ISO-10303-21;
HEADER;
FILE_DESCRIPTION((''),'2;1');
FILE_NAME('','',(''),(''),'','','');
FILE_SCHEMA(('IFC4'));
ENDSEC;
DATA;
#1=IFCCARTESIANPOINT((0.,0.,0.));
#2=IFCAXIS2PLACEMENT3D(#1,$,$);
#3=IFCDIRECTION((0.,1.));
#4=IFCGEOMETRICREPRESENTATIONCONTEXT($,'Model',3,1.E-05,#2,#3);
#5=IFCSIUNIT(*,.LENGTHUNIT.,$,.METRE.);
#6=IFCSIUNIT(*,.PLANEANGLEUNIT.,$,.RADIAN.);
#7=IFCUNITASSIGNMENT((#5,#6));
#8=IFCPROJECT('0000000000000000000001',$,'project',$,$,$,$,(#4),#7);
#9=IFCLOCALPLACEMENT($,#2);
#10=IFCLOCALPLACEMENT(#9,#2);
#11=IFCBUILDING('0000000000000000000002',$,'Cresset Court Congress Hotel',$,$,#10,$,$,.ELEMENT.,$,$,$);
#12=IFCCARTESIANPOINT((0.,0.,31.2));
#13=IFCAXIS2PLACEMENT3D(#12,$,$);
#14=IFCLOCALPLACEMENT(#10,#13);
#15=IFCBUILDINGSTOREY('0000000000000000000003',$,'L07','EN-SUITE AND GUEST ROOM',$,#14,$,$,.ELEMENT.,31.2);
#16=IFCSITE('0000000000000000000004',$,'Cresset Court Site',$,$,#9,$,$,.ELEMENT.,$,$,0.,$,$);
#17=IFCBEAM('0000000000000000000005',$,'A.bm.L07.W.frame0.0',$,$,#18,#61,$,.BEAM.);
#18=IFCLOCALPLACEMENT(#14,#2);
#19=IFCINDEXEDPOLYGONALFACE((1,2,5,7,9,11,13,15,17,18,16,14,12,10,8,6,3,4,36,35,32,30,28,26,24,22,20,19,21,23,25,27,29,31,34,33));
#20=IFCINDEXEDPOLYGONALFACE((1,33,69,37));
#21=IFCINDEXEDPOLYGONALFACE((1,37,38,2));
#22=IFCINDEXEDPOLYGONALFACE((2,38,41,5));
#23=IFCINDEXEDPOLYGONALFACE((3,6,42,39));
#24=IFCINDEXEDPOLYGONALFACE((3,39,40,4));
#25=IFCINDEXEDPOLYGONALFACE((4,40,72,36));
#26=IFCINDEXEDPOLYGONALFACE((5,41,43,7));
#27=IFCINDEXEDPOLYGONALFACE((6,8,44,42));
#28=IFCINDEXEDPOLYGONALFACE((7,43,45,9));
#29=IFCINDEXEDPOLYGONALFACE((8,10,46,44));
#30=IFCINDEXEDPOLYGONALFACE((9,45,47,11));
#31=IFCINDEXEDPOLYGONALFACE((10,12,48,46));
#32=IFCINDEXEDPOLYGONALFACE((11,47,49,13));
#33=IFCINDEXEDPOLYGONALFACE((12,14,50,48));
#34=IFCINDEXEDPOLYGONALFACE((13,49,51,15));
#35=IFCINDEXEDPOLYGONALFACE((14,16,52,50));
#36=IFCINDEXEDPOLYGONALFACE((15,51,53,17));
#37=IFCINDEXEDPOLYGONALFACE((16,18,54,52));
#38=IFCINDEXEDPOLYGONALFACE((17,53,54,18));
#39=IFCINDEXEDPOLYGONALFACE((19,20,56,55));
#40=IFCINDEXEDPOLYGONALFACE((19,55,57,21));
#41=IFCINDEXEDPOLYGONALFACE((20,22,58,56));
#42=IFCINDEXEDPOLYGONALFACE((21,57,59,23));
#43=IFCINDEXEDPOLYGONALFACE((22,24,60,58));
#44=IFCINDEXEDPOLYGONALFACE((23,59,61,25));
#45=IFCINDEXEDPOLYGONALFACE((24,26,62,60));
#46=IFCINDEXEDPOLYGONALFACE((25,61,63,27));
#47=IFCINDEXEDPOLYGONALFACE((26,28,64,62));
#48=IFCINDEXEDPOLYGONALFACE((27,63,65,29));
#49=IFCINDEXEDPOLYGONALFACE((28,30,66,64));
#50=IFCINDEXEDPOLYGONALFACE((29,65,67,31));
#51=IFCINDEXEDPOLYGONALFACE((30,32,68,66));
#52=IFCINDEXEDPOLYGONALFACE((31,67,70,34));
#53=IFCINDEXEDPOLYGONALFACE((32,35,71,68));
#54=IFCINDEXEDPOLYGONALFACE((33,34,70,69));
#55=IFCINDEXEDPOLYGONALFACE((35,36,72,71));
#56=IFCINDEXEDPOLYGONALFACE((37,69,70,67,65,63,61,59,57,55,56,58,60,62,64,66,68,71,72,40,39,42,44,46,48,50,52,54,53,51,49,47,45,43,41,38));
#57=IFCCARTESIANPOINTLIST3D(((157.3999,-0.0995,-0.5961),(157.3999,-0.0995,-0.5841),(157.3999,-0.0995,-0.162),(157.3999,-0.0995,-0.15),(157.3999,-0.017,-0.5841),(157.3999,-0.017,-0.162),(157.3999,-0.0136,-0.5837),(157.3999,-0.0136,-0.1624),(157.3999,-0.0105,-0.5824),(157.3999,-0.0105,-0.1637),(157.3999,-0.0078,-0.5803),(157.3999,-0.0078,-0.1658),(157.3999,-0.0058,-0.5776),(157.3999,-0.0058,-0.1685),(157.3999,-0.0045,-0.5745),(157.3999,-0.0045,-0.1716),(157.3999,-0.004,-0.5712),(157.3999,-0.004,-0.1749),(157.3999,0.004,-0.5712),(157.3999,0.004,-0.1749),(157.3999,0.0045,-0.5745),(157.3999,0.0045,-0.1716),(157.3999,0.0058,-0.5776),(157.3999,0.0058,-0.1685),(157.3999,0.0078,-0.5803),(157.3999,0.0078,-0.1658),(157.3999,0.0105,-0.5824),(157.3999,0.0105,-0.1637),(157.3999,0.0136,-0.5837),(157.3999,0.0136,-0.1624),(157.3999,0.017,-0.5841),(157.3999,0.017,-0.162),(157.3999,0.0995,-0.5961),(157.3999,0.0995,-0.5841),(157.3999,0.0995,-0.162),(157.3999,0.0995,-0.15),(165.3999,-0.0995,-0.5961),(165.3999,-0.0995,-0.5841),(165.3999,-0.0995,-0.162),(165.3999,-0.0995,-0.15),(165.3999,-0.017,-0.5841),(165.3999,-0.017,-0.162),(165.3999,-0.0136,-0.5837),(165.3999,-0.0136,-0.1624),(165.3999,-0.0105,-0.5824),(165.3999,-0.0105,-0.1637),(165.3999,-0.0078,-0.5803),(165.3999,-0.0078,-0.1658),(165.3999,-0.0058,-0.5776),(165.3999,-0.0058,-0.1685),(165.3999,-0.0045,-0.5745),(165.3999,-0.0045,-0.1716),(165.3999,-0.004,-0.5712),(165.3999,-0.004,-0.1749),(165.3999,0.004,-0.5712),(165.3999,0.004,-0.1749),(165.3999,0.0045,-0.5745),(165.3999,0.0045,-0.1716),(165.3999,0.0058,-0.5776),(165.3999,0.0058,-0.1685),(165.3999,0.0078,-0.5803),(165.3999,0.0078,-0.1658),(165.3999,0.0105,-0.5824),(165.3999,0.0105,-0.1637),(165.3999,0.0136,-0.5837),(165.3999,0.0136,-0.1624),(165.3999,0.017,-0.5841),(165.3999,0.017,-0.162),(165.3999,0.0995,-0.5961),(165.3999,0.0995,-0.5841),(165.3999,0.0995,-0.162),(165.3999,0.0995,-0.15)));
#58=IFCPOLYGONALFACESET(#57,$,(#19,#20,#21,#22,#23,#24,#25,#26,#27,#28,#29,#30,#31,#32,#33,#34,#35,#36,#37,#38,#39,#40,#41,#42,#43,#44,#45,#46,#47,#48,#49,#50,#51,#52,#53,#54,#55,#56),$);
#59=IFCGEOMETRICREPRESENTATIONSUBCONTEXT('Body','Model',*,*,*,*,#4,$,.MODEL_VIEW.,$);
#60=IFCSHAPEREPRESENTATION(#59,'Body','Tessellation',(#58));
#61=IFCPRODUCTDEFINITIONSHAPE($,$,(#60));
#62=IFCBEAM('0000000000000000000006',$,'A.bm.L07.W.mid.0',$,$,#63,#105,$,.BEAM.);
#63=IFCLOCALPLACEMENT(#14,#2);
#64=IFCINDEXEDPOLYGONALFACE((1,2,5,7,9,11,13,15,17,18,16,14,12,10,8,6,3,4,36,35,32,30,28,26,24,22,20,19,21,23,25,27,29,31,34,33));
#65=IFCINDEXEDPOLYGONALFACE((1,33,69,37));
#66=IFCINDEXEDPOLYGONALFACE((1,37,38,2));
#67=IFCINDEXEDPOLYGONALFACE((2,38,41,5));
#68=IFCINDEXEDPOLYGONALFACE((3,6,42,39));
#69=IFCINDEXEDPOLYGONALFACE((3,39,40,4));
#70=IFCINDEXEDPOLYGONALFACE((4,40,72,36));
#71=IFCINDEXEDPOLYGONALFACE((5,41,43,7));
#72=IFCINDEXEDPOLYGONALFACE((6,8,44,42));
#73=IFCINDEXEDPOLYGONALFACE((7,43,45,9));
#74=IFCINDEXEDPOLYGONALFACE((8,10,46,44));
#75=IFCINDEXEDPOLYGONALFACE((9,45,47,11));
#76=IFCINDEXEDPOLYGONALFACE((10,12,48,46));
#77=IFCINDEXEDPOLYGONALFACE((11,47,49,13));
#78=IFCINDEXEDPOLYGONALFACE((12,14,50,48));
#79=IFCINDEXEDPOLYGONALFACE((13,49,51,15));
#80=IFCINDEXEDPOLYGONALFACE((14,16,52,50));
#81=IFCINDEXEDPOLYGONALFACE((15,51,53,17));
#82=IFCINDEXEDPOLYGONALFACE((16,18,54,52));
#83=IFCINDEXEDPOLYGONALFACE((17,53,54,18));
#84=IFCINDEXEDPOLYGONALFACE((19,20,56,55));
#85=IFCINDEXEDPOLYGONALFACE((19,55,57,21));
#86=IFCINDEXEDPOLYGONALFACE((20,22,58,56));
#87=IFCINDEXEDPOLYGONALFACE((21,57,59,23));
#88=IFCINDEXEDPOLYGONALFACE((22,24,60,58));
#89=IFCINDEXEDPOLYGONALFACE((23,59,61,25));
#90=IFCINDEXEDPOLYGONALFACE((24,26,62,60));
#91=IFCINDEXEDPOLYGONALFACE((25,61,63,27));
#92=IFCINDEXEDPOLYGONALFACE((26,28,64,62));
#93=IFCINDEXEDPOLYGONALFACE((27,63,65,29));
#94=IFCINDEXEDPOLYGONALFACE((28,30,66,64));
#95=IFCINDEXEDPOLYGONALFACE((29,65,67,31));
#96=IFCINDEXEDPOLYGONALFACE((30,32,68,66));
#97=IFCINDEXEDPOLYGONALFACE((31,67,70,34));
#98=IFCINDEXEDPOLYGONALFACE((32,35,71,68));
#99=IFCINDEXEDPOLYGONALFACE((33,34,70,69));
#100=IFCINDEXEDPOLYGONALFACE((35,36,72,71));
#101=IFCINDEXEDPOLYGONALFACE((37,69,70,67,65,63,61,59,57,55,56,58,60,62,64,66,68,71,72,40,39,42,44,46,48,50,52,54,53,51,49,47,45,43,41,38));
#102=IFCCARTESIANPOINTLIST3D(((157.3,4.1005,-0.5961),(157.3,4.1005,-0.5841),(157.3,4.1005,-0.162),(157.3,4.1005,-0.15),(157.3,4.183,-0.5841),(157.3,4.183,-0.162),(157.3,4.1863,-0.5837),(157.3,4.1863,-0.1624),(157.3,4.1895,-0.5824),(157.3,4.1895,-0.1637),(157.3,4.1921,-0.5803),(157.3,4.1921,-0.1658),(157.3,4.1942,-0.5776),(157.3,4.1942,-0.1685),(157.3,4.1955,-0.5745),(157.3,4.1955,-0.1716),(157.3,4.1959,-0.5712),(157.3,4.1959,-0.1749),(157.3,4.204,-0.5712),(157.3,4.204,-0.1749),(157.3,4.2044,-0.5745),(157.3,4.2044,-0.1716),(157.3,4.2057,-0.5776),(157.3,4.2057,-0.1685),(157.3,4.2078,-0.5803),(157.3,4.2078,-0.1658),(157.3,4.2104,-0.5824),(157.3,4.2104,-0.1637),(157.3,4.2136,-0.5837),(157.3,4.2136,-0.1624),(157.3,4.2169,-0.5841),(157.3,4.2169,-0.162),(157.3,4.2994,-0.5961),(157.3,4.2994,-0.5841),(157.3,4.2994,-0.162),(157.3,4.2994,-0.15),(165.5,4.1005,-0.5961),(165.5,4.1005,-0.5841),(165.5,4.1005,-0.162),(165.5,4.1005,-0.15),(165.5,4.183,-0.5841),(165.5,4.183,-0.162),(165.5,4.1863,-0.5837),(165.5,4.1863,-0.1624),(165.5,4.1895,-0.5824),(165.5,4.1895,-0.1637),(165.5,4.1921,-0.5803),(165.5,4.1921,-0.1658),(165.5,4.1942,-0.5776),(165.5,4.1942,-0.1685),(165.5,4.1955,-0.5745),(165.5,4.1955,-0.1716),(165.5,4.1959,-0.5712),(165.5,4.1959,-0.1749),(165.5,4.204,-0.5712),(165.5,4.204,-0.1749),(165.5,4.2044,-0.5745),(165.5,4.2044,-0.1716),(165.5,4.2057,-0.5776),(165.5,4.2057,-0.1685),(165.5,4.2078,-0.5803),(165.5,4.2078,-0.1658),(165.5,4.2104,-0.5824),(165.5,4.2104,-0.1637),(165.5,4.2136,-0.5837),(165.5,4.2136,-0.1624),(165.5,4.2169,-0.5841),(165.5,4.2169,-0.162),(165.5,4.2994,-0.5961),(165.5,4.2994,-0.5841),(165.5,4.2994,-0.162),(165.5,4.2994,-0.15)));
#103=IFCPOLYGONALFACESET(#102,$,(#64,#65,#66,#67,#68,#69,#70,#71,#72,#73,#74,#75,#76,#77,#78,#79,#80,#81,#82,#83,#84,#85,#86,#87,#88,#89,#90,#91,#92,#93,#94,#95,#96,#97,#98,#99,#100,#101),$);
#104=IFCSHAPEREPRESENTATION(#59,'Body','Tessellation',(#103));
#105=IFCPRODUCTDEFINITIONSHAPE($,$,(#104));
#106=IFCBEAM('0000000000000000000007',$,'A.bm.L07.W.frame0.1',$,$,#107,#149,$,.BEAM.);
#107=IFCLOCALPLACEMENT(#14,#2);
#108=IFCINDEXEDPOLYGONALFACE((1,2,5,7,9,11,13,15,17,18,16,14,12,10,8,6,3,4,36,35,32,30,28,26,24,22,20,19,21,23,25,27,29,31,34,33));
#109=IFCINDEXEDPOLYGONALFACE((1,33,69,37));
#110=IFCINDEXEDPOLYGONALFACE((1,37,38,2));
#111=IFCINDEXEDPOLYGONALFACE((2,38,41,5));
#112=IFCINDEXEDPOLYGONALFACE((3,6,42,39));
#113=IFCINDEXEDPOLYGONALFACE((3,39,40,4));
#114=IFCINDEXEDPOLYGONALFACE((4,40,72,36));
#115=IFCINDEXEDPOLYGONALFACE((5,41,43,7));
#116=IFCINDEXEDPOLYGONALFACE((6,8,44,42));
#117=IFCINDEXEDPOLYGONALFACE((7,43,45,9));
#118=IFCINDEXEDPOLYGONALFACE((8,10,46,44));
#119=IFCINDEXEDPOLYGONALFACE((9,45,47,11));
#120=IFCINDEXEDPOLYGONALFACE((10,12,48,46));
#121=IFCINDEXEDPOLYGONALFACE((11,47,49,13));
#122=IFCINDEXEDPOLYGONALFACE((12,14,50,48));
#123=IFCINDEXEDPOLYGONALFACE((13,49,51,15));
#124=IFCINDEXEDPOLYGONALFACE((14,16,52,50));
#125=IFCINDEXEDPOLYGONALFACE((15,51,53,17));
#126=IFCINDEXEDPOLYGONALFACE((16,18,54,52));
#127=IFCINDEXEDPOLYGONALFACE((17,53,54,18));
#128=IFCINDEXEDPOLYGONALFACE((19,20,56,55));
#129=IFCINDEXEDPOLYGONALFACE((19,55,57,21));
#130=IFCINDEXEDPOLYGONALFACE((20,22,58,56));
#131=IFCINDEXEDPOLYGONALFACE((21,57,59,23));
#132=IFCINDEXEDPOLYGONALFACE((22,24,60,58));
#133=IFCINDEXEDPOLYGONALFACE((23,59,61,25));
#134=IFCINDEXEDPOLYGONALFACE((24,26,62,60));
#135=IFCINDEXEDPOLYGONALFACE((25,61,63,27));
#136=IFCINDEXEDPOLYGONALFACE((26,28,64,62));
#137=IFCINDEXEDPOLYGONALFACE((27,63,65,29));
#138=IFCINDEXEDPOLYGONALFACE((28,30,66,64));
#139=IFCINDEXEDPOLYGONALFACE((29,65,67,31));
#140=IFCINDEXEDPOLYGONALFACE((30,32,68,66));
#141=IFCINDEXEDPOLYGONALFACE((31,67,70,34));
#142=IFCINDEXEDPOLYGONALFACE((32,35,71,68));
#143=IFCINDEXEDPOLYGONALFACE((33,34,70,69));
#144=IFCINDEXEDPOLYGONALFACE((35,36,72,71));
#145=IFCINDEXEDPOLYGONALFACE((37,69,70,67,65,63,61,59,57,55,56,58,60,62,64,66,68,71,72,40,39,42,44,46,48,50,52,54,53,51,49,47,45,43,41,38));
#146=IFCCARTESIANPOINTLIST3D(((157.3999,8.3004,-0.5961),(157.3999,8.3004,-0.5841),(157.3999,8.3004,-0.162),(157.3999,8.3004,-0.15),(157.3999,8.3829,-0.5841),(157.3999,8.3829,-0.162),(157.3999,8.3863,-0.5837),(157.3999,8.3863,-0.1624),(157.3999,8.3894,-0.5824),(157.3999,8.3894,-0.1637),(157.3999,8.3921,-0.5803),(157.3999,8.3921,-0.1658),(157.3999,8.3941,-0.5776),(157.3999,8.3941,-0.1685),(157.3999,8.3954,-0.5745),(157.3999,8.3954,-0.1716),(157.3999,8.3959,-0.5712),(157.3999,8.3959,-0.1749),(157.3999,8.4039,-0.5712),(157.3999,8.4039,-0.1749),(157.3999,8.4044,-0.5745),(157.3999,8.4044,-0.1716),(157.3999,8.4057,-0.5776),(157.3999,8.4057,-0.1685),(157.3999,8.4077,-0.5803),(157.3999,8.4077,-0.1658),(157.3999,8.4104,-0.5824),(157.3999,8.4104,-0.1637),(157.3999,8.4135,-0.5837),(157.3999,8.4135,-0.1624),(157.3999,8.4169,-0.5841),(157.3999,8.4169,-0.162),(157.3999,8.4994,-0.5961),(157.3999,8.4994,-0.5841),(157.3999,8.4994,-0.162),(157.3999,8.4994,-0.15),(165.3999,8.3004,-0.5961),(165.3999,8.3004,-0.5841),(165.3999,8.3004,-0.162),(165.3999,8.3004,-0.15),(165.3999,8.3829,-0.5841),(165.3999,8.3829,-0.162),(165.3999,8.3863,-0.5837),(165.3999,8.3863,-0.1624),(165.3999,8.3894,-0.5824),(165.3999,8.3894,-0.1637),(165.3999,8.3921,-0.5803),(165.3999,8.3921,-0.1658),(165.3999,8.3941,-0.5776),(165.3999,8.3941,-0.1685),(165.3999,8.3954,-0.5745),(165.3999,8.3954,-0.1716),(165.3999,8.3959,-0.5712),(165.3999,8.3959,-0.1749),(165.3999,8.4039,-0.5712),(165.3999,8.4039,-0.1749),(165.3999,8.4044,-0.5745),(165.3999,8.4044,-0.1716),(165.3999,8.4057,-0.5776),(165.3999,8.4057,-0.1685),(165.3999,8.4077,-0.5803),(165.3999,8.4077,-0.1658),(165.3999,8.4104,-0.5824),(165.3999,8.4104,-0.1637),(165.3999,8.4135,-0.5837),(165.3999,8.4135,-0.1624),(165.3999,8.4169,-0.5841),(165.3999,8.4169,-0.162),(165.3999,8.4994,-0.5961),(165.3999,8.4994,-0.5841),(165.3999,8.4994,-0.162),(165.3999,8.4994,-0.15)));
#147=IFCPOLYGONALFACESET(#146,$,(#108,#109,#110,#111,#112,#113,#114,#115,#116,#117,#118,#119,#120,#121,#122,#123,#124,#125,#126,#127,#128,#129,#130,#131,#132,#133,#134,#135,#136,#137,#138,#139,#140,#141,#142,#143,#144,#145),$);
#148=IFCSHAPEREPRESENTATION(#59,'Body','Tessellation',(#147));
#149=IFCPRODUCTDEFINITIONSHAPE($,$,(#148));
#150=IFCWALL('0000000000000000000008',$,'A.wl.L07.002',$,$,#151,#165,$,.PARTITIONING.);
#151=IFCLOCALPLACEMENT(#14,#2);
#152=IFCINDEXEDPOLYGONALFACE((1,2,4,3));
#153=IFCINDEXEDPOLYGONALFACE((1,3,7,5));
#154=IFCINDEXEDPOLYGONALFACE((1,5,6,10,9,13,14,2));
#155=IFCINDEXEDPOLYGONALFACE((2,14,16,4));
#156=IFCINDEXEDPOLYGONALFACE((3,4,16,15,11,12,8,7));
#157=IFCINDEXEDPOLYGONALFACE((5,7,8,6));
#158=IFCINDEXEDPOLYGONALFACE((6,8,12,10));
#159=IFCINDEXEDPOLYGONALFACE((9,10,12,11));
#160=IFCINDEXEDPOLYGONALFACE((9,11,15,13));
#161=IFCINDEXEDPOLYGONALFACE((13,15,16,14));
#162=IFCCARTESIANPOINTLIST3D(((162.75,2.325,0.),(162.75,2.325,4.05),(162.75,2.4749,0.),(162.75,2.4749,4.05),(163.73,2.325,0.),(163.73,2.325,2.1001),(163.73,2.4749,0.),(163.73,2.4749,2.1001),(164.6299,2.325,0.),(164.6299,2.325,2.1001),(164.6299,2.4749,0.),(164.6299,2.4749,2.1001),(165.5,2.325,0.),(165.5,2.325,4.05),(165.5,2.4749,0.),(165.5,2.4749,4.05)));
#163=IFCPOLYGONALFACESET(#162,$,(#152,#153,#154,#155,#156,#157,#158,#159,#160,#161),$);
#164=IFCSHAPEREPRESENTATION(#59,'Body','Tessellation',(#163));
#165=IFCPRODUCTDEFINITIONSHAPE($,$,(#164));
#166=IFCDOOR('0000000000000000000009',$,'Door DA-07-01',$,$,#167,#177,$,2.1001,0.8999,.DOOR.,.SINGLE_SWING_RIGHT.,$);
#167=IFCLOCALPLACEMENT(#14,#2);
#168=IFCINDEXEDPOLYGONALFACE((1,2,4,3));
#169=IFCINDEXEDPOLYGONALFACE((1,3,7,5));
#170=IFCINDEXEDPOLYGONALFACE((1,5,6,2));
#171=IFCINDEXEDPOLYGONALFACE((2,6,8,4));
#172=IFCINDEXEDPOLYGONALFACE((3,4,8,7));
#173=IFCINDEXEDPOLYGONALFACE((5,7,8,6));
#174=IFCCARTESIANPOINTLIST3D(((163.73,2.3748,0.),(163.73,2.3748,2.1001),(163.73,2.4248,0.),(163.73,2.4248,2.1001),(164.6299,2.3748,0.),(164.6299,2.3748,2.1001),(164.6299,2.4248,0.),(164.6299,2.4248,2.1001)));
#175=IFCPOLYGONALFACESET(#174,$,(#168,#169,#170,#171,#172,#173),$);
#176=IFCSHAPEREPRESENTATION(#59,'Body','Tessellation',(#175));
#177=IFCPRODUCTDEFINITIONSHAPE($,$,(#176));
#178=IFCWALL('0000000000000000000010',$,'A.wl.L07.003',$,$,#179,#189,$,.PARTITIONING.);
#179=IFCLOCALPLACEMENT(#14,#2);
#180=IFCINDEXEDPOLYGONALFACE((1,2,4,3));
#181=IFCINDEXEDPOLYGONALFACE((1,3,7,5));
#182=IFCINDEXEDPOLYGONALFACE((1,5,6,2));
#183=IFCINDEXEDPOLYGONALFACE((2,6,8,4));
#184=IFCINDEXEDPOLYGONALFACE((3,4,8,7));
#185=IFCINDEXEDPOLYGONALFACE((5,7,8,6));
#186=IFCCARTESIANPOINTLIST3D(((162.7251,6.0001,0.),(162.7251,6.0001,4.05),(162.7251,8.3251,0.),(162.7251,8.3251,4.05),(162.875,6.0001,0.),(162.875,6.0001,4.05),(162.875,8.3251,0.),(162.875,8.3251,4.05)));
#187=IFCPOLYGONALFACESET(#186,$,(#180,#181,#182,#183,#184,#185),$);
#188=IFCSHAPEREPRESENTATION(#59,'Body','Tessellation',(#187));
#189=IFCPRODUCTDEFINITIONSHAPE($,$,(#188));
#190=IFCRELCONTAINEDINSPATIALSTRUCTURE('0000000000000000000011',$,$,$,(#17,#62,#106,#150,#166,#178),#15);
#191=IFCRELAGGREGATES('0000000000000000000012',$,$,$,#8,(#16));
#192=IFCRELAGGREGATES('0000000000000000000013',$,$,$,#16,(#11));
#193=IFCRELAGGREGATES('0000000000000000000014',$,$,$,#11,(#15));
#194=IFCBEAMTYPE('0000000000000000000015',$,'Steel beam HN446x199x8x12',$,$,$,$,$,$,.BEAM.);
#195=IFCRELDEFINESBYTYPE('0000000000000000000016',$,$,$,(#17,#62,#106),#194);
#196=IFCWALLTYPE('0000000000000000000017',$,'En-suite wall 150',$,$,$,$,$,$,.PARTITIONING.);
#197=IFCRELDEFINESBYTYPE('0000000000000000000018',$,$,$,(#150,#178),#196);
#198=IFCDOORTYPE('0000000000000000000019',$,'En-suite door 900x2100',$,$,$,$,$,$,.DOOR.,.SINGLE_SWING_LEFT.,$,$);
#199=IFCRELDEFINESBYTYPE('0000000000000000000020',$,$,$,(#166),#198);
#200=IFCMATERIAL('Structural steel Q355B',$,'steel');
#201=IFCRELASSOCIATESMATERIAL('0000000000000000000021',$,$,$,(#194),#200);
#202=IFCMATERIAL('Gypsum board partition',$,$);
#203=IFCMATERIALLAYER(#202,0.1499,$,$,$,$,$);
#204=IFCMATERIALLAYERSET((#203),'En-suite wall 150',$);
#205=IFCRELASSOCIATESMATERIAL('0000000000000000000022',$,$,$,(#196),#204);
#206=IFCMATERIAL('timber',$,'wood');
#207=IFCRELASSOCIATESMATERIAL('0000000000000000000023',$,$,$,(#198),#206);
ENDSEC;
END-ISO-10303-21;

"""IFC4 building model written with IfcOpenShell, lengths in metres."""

from ifc_helpers import new_model, si_unit, direction, frame, frame_2d, origin, origin_2d, place, context, subcontext, project, spatial, rectangle, i_section, extrude, material, layer, layer_set, material_profile, profile_set, type_object, element, fill, save


model = new_model("IFC4")

# Units and contexts
model_context = context("Model", 3, precision=1e-05, world=origin(), true_north=direction((0.0, 1.0)))
body_context = subcontext(model_context, "Body", "Model", "MODEL_VIEW")
ifc_project = project(units=[si_unit("LENGTHUNIT", "METRE"), si_unit("PLANEANGLEUNIT", "RADIAN")], contexts=[model_context])

# Site, building, storey
site_placement = place(None, origin())
site = spatial("IfcSite", under=ifc_project, at=site_placement, Name="Cresset Court Site", CompositionType="ELEMENT", RefElevation=0.0)
building_placement = place(site_placement, origin())
building = spatial("IfcBuilding", under=site, at=building_placement, Name="Cresset Court Congress Hotel", CompositionType="ELEMENT")
storey_placement = place(building_placement, frame((0.0, 0.0, 31.2)))
storey = spatial("IfcBuildingStorey", under=building, at=storey_placement, Name="L07", Description="EN-SUITE AND GUEST ROOM", CompositionType="ELEMENT", Elevation=31.2)

# Beams
ifc_material_1 = material(Name="Structural steel Q355B", Category="steel")
ifc_material_profile = material_profile(ifc_material_1, i_section(OverallWidth=0.199, OverallDepth=0.446, WebThickness=0.0081, FlangeThickness=0.012, FilletRadius=0.0129, at=origin_2d()), Name="HN446x199x8x12")
ifc_profile_set = profile_set([ifc_material_profile], Name="Structural steel Q355B")
beam_type = type_object("IfcBeamType", Name="Steel beam HN446x199x8x12", PredefinedType="BEAM", material=ifc_profile_set)
beam_1_placement = place(storey_placement, frame((157.3999, 0.0, -0.373), z_axis=(1.0, 0.0, 0.0), x_axis=(0.0, 1.0, 0.0)))
element("IfcBeam", 1, at=beam_1_placement, inside=storey, type_object=beam_type, Name="A.bm.L07.W.frame0.0", PredefinedType="BEAM", context=body_context, shape_type="SweptSolid", body=[
    extrude(i_section(OverallWidth=0.199, OverallDepth=0.446, WebThickness=0.0081, FlangeThickness=0.012, FilletRadius=0.0129, at=origin_2d()), origin(), (0.0, 0.0, 1.0), 8.0),
])
beam_2_placement = place(storey_placement, frame((157.3, 4.2, -0.373), z_axis=(1.0, 0.0, 0.0), x_axis=(0.0, 1.0, 0.0)))
element("IfcBeam", 2, at=beam_2_placement, inside=storey, type_object=beam_type, Name="A.bm.L07.W.mid.0", PredefinedType="BEAM", context=body_context, shape_type="SweptSolid", body=[
    extrude(i_section(OverallWidth=0.199, OverallDepth=0.446, WebThickness=0.0081, FlangeThickness=0.012, FilletRadius=0.0129, at=origin_2d()), origin(), (0.0, 0.0, 1.0), 8.2),
])
beam_3_placement = place(storey_placement, frame((157.3999, 8.3999, -0.373), z_axis=(1.0, 0.0, 0.0), x_axis=(0.0, 1.0, 0.0)))
element("IfcBeam", 3, at=beam_3_placement, inside=storey, type_object=beam_type, Name="A.bm.L07.W.frame0.1", PredefinedType="BEAM", context=body_context, shape_type="SweptSolid", body=[
    extrude(i_section(OverallWidth=0.199, OverallDepth=0.446, WebThickness=0.0081, FlangeThickness=0.012, FilletRadius=0.0129, at=origin_2d()), origin(), (0.0, 0.0, 1.0), 8.0),
])

# Shared definitions
ifc_material_2 = material(Name="Gypsum board partition")
ifc_layer_1 = layer(ifc_material_2, 0.1499)
ifc_layer_set_1 = layer_set([ifc_layer_1], Name="En-suite wall 150")
wall_type_1 = type_object("IfcWallType", Name="En-suite wall 150", PredefinedType="PARTITIONING", material=ifc_layer_set_1)

# Wall, opening, door
wall_1_placement = place(storey_placement, frame((162.75, 2.3999, 0.0), z_axis=(0.0, 0.0, 1.0), x_axis=(1.0, 0.0, 0.0)))
wall_1 = element("IfcWall", 4, at=wall_1_placement, inside=storey, type_object=wall_type_1, Name="A.wl.L07.002", PredefinedType="PARTITIONING", context=body_context, shape_type="SweptSolid", body=[
    extrude(rectangle(XDim=2.75, YDim=0.1499, at=frame_2d((1.375, 0.0))), origin(), (0.0, 0.0, 1.0), 4.05),
])
opening_1_placement = place(wall_1_placement, frame((0.98, 0.0, 0.0)))
opening_1 = element("IfcOpeningElement", 5, at=opening_1_placement, cuts=wall_1, PredefinedType="OPENING", context=body_context, shape_type="SweptSolid", body=[
    extrude(rectangle(XDim=0.8999, YDim=2.1001, at=frame_2d((0.45, 1.05))), frame((0.0, 0.085, 0.0), z_axis=(0.0, -1.0, 0.0), x_axis=(1.0, 0.0, 0.0)), (0.0, 0.0, 1.0), 0.1699),
])
ifc_material_3 = material(Name="timber", Category="wood")
door_type = type_object("IfcDoorType", Name="En-suite door 900x2100", OperationType="SINGLE_SWING_LEFT", PredefinedType="DOOR", material=ifc_material_3)
door_1_placement = place(opening_1_placement, origin())
door_1 = element("IfcDoor", 6, at=door_1_placement, inside=storey, type_object=door_type, Name="Door DA-07-01", OperationType="SINGLE_SWING_RIGHT", OverallHeight=2.1001, OverallWidth=0.8999, PredefinedType="DOOR", context=body_context, shape_type="SweptSolid", body=[
    extrude(rectangle(XDim=0.8999, YDim=2.1001, at=frame_2d((0.45, 1.05))), frame((0.0, 0.0249, 0.0), z_axis=(0.0, -1.0, 0.0), x_axis=(1.0, 0.0, 0.0)), (0.0, 0.0, 1.0), 0.05),
])
fill(opening_1, door_1)

# Wall
wall_2_placement = place(storey_placement, frame((162.8, 6.0, 0.0), z_axis=(0.0, 0.0, 1.0), x_axis=(0.0, 1.0, 0.0)))
element("IfcWall", 7, at=wall_2_placement, inside=storey, type_object=wall_type_1, Name="A.wl.L07.003", PredefinedType="PARTITIONING", context=body_context, shape_type="SweptSolid", body=[
    extrude(rectangle(XDim=2.325, YDim=0.1499, at=frame_2d((1.1626, 0.0))), origin(), (0.0, 0.0, 1.0), 4.05),
])

save(model, "model.ifc")
